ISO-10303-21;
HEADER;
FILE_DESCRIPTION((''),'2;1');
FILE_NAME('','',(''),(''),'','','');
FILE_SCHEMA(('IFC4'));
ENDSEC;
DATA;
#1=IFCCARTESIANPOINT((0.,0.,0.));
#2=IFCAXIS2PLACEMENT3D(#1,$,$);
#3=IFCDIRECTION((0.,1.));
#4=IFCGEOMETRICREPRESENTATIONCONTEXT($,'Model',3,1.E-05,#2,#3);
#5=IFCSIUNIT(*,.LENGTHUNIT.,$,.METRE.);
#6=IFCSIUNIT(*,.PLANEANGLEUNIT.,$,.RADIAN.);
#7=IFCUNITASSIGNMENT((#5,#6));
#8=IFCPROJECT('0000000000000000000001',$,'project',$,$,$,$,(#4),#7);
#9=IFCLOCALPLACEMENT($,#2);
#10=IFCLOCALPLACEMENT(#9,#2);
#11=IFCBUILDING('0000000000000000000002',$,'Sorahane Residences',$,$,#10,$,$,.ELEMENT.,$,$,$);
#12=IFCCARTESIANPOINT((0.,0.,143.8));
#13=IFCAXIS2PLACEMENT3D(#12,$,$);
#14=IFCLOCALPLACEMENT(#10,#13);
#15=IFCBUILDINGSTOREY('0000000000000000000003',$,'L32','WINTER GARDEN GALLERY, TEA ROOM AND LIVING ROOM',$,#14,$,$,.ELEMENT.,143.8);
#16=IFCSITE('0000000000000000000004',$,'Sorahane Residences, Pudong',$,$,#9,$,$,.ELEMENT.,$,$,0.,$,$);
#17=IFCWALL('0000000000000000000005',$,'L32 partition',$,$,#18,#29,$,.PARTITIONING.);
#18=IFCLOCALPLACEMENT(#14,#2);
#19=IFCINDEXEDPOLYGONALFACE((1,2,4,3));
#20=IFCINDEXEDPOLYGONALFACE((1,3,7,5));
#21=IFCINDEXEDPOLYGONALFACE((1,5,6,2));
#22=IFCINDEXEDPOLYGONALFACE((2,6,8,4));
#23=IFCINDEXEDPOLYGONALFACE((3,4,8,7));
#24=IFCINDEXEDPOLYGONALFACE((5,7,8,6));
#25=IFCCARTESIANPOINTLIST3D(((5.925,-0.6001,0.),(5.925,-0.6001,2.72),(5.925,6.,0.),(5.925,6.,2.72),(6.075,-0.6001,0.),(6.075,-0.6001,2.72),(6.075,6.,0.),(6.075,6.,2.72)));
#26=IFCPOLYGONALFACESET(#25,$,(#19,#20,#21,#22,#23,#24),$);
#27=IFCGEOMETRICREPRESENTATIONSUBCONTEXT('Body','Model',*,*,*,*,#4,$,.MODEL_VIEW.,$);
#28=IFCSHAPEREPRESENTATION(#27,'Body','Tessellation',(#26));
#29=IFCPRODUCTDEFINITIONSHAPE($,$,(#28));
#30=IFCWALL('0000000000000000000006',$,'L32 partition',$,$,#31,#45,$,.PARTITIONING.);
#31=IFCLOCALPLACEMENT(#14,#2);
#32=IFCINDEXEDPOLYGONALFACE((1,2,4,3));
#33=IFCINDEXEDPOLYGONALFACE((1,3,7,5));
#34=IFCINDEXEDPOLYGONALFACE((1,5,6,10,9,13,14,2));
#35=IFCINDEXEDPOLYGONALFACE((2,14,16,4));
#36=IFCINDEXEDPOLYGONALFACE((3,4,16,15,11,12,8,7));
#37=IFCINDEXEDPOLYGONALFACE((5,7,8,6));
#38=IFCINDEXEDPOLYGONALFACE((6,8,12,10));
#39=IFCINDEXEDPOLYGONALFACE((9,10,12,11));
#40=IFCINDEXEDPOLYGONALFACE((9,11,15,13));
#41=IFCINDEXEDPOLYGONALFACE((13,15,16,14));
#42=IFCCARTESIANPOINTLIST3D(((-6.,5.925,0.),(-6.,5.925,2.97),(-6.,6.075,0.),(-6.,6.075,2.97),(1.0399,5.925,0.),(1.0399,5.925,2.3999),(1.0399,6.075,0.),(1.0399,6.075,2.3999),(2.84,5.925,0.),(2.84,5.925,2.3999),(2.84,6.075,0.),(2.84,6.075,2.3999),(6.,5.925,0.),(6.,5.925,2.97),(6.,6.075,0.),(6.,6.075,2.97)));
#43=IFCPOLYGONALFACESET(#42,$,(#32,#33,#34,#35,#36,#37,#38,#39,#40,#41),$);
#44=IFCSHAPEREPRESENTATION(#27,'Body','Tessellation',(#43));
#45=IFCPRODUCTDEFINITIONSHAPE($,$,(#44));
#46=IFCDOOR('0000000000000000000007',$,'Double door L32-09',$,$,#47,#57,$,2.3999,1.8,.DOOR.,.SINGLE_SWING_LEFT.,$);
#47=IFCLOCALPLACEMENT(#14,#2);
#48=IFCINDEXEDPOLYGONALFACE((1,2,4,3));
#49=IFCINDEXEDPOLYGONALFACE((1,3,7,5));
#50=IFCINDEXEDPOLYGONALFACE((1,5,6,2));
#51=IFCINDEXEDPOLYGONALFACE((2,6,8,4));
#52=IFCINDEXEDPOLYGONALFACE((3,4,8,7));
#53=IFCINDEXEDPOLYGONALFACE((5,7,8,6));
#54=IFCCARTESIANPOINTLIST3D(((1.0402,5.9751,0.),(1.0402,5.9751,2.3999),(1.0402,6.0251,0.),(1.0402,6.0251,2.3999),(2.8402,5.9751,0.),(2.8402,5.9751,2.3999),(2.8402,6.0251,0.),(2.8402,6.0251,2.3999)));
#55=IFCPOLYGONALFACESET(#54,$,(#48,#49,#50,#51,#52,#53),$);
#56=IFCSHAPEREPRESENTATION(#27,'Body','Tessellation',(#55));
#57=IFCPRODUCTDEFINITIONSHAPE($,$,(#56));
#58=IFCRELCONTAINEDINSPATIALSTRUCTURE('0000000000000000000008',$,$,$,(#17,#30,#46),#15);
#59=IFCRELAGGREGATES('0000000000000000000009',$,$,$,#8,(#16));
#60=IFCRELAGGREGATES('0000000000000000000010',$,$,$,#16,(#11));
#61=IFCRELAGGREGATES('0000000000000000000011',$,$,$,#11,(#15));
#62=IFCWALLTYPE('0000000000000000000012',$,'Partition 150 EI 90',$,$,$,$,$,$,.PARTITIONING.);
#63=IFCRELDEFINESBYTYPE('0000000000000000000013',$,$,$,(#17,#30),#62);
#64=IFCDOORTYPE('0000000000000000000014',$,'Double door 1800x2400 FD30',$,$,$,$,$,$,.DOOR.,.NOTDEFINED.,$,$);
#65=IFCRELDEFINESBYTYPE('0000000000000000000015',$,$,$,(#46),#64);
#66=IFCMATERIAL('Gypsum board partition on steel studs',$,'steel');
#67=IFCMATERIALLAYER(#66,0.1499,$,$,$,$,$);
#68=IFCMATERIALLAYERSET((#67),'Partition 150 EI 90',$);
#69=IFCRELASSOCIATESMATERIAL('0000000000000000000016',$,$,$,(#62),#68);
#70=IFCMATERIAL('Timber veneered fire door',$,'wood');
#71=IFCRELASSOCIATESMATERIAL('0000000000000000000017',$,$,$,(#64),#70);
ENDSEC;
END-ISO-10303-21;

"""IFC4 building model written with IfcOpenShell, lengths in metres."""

from ifc_helpers import new_model, si_unit, direction, frame, frame_2d, origin, place, context, subcontext, project, spatial, rectangle, extrude, material, layer, layer_set, type_object, element, fill, save


model = new_model("IFC4")

# Units and contexts
model_context = context("Model", 3, precision=1e-05, world=origin(), true_north=direction((0.0, 1.0)))
body_context = subcontext(model_context, "Body", "Model", "MODEL_VIEW")
ifc_project = project(units=[si_unit("LENGTHUNIT", "METRE"), si_unit("PLANEANGLEUNIT", "RADIAN")], contexts=[model_context])

# Site, building, storey
site_placement = place(None, origin())
site = spatial("IfcSite", under=ifc_project, at=site_placement, Name="Sorahane Residences, Pudong", CompositionType="ELEMENT", RefElevation=0.0)
building_placement = place(site_placement, origin())
building = spatial("IfcBuilding", under=site, at=building_placement, Name="Sorahane Residences", CompositionType="ELEMENT")
storey_placement = place(building_placement, frame((0.0, 0.0, 143.8)))
storey = spatial("IfcBuildingStorey", under=building, at=storey_placement, Name="L32", Description="WINTER GARDEN GALLERY, TEA ROOM AND LIVING ROOM", CompositionType="ELEMENT", Elevation=143.8)

# Wall
ifc_material_1 = material(Name="Gypsum board partition on steel studs", Category="steel")
ifc_layer_1 = layer(ifc_material_1, 0.1499)
ifc_layer_set_1 = layer_set([ifc_layer_1], Name="Partition 150 EI 90")
wall_type = type_object("IfcWallType", Name="Partition 150 EI 90", PredefinedType="PARTITIONING", material=ifc_layer_set_1)
wall_1_placement = place(storey_placement, frame((6.0, -0.6001, 0.0), z_axis=(0.0, 0.0, 1.0), x_axis=(0.0, 1.0, 0.0)))
element("IfcWall", 1, at=wall_1_placement, inside=storey, type_object=wall_type, Name="L32 partition", PredefinedType="PARTITIONING", context=body_context, shape_type="SweptSolid", body=[
    extrude(rectangle(XDim=6.6001, YDim=0.1499, at=frame_2d((3.3, 0.0))), origin(), (0.0, 0.0, 1.0), 2.72),
])

# Wall, opening, door
wall_2_placement = place(storey_placement, frame((-6.0, 6.0, 0.0), z_axis=(0.0, 0.0, 1.0), x_axis=(1.0, 0.0, 0.0)))
wall_2 = element("IfcWall", 2, at=wall_2_placement, inside=storey, type_object=wall_type, Name="L32 partition", PredefinedType="PARTITIONING", context=body_context, shape_type="SweptSolid", body=[
    extrude(rectangle(XDim=12.0, YDim=0.1499, at=frame_2d((6.0, 0.0))), origin(), (0.0, 0.0, 1.0), 2.97),
])
opening_placement = place(wall_2_placement, frame((7.04, 0.0, 0.0)))
opening = element("IfcOpeningElement", 3, at=opening_placement, cuts=wall_2, PredefinedType="OPENING", context=body_context, shape_type="SweptSolid", body=[
    extrude(rectangle(XDim=1.8, YDim=2.3999, at=frame_2d((0.8999, 1.2))), frame((0.0, 0.085, 0.0), z_axis=(0.0, -1.0, 0.0), x_axis=(1.0, 0.0, 0.0)), (0.0, 0.0, 1.0), 0.1699),
])
ifc_material_2 = material(Name="Timber veneered fire door", Category="wood")
door_type = type_object("IfcDoorType", Name="Double door 1800x2400 FD30", OperationType="NOTDEFINED", PredefinedType="DOOR", material=ifc_material_2)
door_placement = place(opening_placement, frame((1.8, 0.0, 0.0), z_axis=(0.0, 0.0, 1.0), x_axis=(-1.0, 0.0, 0.0)))
door = element("IfcDoor", 4, at=door_placement, inside=storey, type_object=door_type, Name="Double door L32-09", OperationType="SINGLE_SWING_LEFT", OverallHeight=2.3999, OverallWidth=1.8, PredefinedType="DOOR", context=body_context, shape_type="SweptSolid", body=[
    extrude(rectangle(XDim=1.8, YDim=2.3999, at=frame_2d((0.8999, 1.2))), frame((0.0, 0.0249, 0.0), z_axis=(0.0, -1.0, 0.0), x_axis=(1.0, 0.0, 0.0)), (0.0, 0.0, 1.0), 0.05),
])
fill(opening, door)

save(model, "model.ifc")
